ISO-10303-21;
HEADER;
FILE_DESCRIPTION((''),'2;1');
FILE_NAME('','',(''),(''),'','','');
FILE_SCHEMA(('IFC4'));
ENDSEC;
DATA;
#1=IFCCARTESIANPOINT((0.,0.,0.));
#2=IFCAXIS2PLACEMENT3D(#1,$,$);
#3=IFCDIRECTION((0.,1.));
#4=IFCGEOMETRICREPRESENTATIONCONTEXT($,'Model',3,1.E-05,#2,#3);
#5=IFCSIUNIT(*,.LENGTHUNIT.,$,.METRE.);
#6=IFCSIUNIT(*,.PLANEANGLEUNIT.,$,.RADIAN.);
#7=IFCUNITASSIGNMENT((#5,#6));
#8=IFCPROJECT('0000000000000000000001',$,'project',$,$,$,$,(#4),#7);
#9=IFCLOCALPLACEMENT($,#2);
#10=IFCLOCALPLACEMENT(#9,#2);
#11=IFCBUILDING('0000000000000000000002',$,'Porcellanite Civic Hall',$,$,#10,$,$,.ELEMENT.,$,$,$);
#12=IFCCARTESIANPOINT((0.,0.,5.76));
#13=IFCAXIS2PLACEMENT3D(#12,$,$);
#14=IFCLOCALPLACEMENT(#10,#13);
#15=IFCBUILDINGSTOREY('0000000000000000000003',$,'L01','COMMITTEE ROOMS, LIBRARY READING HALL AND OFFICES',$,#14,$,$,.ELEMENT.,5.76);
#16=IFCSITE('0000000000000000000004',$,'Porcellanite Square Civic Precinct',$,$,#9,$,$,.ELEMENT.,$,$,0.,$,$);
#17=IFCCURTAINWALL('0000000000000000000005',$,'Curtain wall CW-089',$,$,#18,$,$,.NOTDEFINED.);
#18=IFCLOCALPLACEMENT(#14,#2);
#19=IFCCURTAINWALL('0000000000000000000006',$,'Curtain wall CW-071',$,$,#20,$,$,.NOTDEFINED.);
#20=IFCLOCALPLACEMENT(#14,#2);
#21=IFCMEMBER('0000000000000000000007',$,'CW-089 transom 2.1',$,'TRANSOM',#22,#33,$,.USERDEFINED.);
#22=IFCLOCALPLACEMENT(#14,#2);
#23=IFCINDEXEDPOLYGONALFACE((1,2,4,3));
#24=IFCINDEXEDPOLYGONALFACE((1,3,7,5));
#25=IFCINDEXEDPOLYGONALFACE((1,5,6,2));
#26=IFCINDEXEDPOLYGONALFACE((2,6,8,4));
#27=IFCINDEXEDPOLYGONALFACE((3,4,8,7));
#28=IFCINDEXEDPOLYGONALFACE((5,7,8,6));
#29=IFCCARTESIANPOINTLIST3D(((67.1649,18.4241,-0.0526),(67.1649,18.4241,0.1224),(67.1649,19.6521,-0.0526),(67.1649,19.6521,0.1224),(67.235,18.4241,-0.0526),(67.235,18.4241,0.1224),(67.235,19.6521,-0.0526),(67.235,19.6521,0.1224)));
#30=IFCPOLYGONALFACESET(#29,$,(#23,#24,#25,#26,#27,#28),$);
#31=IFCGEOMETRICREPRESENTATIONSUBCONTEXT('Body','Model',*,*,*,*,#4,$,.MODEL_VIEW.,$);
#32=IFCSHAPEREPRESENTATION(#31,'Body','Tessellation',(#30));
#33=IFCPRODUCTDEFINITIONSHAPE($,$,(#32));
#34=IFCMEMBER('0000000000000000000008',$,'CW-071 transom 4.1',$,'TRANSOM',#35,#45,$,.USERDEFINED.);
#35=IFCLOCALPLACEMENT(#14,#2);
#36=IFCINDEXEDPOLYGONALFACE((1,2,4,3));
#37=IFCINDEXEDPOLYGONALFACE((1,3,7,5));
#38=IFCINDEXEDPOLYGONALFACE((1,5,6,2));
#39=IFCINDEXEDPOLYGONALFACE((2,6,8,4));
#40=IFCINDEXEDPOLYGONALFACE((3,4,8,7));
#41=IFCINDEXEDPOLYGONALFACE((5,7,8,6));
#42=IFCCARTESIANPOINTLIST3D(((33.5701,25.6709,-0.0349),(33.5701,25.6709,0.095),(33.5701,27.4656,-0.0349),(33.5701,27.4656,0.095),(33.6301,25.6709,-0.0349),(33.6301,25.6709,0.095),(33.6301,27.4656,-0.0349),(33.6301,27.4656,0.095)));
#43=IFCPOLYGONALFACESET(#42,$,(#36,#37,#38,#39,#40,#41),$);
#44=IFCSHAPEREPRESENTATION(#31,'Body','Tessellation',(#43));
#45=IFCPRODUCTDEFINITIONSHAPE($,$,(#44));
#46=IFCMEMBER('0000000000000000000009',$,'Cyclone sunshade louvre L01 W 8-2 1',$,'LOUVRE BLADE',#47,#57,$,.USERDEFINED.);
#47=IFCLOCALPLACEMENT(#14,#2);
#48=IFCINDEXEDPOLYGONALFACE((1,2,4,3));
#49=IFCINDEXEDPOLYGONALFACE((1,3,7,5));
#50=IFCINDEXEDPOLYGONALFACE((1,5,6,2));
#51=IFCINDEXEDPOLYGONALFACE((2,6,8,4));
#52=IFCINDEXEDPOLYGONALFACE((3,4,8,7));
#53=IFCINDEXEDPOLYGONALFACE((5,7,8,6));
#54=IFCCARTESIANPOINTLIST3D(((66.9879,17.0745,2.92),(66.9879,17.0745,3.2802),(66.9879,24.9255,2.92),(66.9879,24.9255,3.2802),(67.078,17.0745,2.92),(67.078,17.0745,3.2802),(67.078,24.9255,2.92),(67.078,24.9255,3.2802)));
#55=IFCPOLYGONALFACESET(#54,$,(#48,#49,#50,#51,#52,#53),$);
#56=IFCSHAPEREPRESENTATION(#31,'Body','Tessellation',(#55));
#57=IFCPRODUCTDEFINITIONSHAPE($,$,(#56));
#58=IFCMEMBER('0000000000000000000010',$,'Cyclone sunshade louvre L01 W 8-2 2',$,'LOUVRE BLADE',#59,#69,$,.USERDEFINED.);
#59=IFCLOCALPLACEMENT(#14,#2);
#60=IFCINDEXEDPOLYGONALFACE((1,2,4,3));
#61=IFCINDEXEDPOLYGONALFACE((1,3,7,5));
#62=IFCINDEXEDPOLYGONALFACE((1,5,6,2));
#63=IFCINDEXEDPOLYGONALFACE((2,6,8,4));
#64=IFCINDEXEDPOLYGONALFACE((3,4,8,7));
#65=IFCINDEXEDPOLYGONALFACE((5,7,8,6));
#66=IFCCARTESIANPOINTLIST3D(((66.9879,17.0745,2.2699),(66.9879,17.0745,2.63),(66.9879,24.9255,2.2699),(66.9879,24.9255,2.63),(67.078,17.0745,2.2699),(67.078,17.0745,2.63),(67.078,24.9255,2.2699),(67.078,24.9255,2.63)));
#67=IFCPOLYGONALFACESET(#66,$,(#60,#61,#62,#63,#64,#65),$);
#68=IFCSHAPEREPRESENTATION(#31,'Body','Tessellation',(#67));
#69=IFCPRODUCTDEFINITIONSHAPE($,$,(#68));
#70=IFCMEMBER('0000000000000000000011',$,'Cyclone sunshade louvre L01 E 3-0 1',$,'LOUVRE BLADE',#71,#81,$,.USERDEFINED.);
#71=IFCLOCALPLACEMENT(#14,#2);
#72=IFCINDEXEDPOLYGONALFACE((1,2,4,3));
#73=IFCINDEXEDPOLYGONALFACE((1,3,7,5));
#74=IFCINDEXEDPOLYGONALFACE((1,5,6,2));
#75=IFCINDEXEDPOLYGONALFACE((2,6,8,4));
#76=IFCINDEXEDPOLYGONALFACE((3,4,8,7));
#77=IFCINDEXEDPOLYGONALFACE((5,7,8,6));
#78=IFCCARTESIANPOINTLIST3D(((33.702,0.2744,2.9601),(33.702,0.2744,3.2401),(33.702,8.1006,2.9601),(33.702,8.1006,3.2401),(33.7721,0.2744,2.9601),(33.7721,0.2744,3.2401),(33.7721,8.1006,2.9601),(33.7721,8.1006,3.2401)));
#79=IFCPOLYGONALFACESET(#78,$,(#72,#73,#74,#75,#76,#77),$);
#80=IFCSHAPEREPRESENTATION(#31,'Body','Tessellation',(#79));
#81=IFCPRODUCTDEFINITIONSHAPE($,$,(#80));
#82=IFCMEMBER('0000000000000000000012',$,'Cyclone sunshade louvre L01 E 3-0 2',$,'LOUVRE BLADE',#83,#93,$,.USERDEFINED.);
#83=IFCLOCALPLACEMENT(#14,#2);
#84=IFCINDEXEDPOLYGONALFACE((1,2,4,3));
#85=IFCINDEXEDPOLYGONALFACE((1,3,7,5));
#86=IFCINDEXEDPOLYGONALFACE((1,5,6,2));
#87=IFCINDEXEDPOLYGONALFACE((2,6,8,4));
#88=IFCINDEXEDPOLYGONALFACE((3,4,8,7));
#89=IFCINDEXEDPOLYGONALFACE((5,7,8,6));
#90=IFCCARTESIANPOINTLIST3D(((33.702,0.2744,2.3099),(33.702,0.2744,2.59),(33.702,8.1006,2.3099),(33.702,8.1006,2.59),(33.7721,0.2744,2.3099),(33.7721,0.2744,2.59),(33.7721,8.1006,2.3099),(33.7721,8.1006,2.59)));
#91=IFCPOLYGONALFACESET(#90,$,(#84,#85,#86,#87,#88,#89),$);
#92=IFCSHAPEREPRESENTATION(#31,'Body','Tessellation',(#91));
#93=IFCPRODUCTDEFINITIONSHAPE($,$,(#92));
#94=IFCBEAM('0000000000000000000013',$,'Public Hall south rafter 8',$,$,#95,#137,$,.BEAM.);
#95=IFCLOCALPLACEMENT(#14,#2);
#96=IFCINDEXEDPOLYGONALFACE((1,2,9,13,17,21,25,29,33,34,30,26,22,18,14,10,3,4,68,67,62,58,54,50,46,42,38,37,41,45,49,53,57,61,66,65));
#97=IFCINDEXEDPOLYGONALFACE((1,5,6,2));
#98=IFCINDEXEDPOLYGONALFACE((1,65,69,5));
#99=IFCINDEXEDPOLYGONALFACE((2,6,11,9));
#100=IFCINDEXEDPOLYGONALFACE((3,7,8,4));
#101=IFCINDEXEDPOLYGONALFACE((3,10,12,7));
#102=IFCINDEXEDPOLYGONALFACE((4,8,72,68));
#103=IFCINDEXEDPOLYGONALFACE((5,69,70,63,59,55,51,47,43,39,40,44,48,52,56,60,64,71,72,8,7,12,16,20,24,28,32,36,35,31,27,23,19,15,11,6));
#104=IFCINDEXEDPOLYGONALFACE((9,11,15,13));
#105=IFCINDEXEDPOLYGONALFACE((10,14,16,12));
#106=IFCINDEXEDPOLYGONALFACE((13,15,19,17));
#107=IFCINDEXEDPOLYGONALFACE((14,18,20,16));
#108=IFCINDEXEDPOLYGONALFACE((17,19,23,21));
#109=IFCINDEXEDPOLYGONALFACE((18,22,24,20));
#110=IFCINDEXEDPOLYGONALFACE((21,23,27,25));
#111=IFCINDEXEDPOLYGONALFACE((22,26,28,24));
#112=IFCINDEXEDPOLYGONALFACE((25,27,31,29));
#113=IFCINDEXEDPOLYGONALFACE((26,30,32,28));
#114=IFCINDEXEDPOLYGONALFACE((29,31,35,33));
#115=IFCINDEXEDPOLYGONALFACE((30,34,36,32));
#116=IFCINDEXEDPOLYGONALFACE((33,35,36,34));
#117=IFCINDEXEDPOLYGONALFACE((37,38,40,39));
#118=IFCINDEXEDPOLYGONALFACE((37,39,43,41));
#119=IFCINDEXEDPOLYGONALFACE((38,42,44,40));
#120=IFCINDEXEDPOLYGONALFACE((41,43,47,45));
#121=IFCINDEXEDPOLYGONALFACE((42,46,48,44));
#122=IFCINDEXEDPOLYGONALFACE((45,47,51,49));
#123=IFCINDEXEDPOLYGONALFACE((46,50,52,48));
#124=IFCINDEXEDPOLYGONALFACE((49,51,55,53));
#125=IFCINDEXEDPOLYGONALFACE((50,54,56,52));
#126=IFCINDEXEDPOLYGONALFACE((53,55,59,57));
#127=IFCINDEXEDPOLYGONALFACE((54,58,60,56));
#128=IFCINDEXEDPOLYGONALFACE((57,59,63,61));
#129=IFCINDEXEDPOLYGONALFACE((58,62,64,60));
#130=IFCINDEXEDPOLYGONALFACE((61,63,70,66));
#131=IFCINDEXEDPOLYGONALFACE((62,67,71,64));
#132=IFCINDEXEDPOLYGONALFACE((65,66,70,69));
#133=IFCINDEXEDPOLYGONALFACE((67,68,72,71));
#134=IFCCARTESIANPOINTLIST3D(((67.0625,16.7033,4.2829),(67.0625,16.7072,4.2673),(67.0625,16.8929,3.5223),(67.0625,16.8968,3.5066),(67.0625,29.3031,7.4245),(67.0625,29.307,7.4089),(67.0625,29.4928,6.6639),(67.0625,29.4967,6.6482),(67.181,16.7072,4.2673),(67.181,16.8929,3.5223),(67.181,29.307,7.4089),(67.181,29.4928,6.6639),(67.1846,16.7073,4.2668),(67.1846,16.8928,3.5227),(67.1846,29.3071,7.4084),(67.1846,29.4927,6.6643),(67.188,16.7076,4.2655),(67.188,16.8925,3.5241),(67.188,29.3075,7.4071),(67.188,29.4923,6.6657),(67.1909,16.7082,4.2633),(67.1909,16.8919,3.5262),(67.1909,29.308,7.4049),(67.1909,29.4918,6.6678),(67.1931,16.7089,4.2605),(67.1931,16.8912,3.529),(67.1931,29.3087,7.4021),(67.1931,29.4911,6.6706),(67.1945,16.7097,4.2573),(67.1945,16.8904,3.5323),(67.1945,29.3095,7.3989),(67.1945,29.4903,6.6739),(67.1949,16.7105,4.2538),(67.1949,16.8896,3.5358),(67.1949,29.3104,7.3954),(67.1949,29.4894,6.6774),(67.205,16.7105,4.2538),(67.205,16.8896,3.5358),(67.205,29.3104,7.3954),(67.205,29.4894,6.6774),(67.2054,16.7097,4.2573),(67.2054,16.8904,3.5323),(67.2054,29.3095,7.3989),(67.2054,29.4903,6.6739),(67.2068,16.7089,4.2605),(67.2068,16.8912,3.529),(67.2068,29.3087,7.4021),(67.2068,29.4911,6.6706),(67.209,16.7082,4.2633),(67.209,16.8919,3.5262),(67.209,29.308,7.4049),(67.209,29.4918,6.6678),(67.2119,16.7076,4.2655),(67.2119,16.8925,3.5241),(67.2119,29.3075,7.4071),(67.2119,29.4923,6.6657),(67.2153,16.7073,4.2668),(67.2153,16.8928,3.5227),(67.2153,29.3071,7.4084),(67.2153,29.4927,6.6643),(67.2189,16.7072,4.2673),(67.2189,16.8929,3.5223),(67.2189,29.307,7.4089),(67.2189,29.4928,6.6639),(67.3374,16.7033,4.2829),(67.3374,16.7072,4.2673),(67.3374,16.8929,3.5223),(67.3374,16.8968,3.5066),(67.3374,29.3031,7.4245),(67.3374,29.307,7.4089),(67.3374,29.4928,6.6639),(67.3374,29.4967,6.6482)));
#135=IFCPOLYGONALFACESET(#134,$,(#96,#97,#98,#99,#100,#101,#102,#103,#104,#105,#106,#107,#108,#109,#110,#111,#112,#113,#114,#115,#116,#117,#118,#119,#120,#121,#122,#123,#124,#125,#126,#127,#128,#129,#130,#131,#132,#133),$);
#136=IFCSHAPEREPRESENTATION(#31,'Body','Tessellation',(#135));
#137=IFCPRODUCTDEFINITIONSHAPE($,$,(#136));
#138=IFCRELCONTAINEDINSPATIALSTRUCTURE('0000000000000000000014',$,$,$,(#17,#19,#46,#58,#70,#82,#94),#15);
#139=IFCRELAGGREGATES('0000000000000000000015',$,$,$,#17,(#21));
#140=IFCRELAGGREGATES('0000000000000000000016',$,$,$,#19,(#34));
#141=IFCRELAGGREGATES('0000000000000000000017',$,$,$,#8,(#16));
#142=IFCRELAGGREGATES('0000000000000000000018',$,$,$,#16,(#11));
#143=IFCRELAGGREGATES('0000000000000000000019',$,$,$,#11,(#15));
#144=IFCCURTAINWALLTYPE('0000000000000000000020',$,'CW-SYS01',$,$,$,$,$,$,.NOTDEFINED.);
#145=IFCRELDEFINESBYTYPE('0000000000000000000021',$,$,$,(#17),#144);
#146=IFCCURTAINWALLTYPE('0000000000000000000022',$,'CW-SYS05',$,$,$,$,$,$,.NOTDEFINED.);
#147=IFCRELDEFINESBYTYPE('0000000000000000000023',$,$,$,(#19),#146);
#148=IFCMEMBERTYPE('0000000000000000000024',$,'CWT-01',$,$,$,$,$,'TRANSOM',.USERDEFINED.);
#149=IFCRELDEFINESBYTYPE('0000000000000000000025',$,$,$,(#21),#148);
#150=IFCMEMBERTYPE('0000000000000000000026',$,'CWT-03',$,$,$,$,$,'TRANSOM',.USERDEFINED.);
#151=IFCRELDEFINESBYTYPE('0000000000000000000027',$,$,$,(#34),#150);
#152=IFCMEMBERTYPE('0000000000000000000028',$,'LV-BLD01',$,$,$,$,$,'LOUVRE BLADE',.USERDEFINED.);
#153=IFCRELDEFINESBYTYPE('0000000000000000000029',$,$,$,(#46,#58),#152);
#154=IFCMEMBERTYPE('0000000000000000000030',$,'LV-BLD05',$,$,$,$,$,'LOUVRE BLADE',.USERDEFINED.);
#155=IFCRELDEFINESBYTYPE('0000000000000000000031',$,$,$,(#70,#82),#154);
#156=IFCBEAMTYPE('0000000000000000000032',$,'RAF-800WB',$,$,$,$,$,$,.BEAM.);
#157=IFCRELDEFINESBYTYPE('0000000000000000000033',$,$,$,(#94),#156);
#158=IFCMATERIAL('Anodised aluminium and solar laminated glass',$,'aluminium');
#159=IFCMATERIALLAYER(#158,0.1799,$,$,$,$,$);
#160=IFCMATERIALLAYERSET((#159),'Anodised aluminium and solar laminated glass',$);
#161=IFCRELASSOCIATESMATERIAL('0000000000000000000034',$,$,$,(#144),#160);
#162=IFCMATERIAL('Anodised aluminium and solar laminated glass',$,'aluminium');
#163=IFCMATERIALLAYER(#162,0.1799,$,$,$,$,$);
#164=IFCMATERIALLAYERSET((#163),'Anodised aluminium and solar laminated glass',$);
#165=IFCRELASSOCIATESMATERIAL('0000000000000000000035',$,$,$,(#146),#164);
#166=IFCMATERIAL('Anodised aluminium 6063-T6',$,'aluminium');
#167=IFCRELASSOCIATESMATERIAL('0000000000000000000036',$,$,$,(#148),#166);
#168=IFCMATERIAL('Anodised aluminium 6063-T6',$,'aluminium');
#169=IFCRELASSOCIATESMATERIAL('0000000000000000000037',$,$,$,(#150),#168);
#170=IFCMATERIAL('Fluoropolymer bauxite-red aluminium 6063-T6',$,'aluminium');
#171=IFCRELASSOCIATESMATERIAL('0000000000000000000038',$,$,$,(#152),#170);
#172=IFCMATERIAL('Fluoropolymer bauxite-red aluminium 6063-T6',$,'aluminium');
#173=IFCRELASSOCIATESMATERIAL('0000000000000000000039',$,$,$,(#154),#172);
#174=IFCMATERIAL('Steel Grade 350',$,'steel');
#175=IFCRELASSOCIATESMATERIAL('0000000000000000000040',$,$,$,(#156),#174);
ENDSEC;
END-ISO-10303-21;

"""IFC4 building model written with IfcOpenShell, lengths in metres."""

from ifc_helpers import new_model, si_unit, direction, frame, origin, origin_2d, place, context, subcontext, project, spatial, rectangle, i_section, extrude, material, layer, layer_set, material_profile, profile_set, type_object, element, aggregate, save


model = new_model("IFC4")

# Units and contexts
model_context = context("Model", 3, precision=1e-05, world=origin(), true_north=direction((0.0, 1.0)))
body_context = subcontext(model_context, "Body", "Model", "MODEL_VIEW")
ifc_project = project(units=[si_unit("LENGTHUNIT", "METRE"), si_unit("PLANEANGLEUNIT", "RADIAN")], contexts=[model_context])

# Site, building, storey
site_placement = place(None, origin())
site = spatial("IfcSite", under=ifc_project, at=site_placement, Name="Porcellanite Square Civic Precinct", CompositionType="ELEMENT", RefElevation=0.0)
building_placement = place(site_placement, origin())
building = spatial("IfcBuilding", under=site, at=building_placement, Name="Porcellanite Civic Hall", CompositionType="ELEMENT")
storey_placement = place(building_placement, frame((0.0, 0.0, 5.76)))
storey = spatial("IfcBuildingStorey", under=building, at=storey_placement, Name="L01", Description="COMMITTEE ROOMS, LIBRARY READING HALL AND OFFICES", CompositionType="ELEMENT", Elevation=5.76)

# Curtain wall
ifc_material_1 = material(Name="Anodised aluminium and solar laminated glass", Category="aluminium")
ifc_layer_1 = layer(ifc_material_1, 0.1799)
ifc_layer_set_1 = layer_set([ifc_layer_1], Name="Anodised aluminium and solar laminated glass")
curtain_wall_type_1 = type_object("IfcCurtainWallType", Name="CW-SYS01", PredefinedType="NOTDEFINED", material=ifc_layer_set_1)
curtain_wall_1_placement = place(storey_placement, origin())
curtain_wall_1 = element("IfcCurtainWall", 1, at=curtain_wall_1_placement, inside=storey, type_object=curtain_wall_type_1, Name="Curtain wall CW-089", PredefinedType="NOTDEFINED")

# Curtain wall
ifc_material_2 = material(Name="Anodised aluminium and solar laminated glass", Category="aluminium")
ifc_layer_2 = layer(ifc_material_2, 0.1799)
ifc_layer_set_2 = layer_set([ifc_layer_2], Name="Anodised aluminium and solar laminated glass")
curtain_wall_type_2 = type_object("IfcCurtainWallType", Name="CW-SYS05", PredefinedType="NOTDEFINED", material=ifc_layer_set_2)
curtain_wall_2_placement = place(storey_placement, origin())
curtain_wall_2 = element("IfcCurtainWall", 2, at=curtain_wall_2_placement, inside=storey, type_object=curtain_wall_type_2, Name="Curtain wall CW-071", PredefinedType="NOTDEFINED")

# Members
ifc_material_3 = material(Name="Anodised aluminium 6063-T6", Category="aluminium")
ifc_material_profile_1 = material_profile(ifc_material_3, rectangle(XDim=0.0701, YDim=0.175, at=origin_2d()), Name="AL-70x175")
ifc_profile_set_1 = profile_set([ifc_material_profile_1], Name="Anodised aluminium 6063-T6")
member_type_1 = type_object("IfcMemberType", Name="CWT-01", ElementType="TRANSOM", PredefinedType="USERDEFINED", material=ifc_profile_set_1)
member_1_placement = place(storey_placement, frame((67.2, 18.4241, 0.0349), z_axis=(0.0, 1.0, 0.0), x_axis=(-1.0, 0.0, 0.0)))
member_1 = element("IfcMember", 3, at=member_1_placement, type_object=member_type_1, Name="CW-089 transom 2.1", ObjectType="TRANSOM", PredefinedType="USERDEFINED", context=body_context, shape_type="SweptSolid", body=[
    extrude(rectangle(XDim=0.0701, YDim=0.175, at=origin_2d()), origin(), (0.0, 0.0, 1.0), 1.228),
])
ifc_material_4 = material(Name="Anodised aluminium 6063-T6", Category="aluminium")
ifc_material_profile_2 = material_profile(ifc_material_4, rectangle(XDim=0.0601, YDim=0.1299, at=origin_2d()), Name="AL-60x130")
ifc_profile_set_2 = profile_set([ifc_material_profile_2], Name="Anodised aluminium 6063-T6")
member_type_2 = type_object("IfcMemberType", Name="CWT-03", ElementType="TRANSOM", PredefinedType="USERDEFINED", material=ifc_profile_set_2)
member_2_placement = place(storey_placement, frame((33.6001, 27.4656, 0.03), z_axis=(0.0, -1.0, 0.0), x_axis=(1.0, 0.0, 0.0)))
member_2 = element("IfcMember", 4, at=member_2_placement, type_object=member_type_2, Name="CW-071 transom 4.1", ObjectType="TRANSOM", PredefinedType="USERDEFINED", context=body_context, shape_type="SweptSolid", body=[
    extrude(rectangle(XDim=0.0601, YDim=0.1299, at=origin_2d()), origin(), (0.0, 0.0, 1.0), 1.7947),
])

# Members
ifc_material_5 = material(Name="Fluoropolymer bauxite-red aluminium 6063-T6", Category="aluminium")
ifc_material_profile_3 = material_profile(ifc_material_5, rectangle(XDim=0.0901, YDim=0.3601, at=origin_2d()), Name="AL-90x360")
ifc_profile_set_3 = profile_set([ifc_material_profile_3], Name="Fluoropolymer bauxite-red aluminium 6063-T6")
member_type_3 = type_object("IfcMemberType", Name="LV-BLD01", ElementType="LOUVRE BLADE", PredefinedType="USERDEFINED", material=ifc_profile_set_3)
for number, where, z_axis, x_axis, name in (
    (5, (67.033, 17.0745, 3.1001), (0.0, 1.0, 0.0), (-1.0, 0.0, 0.0), "Cyclone sunshade louvre L01 W 8-2 1"),
    (6, (67.033, 17.0745, 2.45), (0.0, 1.0, 0.0), (-1.0, 0.0, 0.0), "Cyclone sunshade louvre L01 W 8-2 2"),
):
    element("IfcMember", number, at=place(storey_placement, frame(where, z_axis=z_axis, x_axis=x_axis)), inside=storey, type_object=member_type_3, Name=name, ObjectType="LOUVRE BLADE", PredefinedType="USERDEFINED", context=body_context, shape_type="SweptSolid", body=[
        extrude(rectangle(XDim=0.0901, YDim=0.3601, at=origin_2d()), origin(), (0.0, 0.0, 1.0), 7.8511),
    ])
ifc_material_6 = material(Name="Fluoropolymer bauxite-red aluminium 6063-T6", Category="aluminium")
ifc_material_profile_4 = material_profile(ifc_material_6, rectangle(XDim=0.0701, YDim=0.28, at=origin_2d()), Name="AL-70x280")
ifc_profile_set_4 = profile_set([ifc_material_profile_4], Name="Fluoropolymer bauxite-red aluminium 6063-T6")
member_type_4 = type_object("IfcMemberType", Name="LV-BLD05", ElementType="LOUVRE BLADE", PredefinedType="USERDEFINED", material=ifc_profile_set_4)
for number, where, z_axis, x_axis, name in (
    (7, (33.7371, 8.1006, 3.1001), (0.0, -1.0, 0.0), (1.0, 0.0, 0.0), "Cyclone sunshade louvre L01 E 3-0 1"),
    (8, (33.7371, 8.1006, 2.45), (0.0, -1.0, 0.0), (1.0, 0.0, 0.0), "Cyclone sunshade louvre L01 E 3-0 2"),
):
    element("IfcMember", number, at=place(storey_placement, frame(where, z_axis=z_axis, x_axis=x_axis)), inside=storey, type_object=member_type_4, Name=name, ObjectType="LOUVRE BLADE", PredefinedType="USERDEFINED", context=body_context, shape_type="SweptSolid", body=[
        extrude(rectangle(XDim=0.0701, YDim=0.28, at=origin_2d()), origin(), (0.0, 0.0, 1.0), 7.8262),
    ])

# Beam
ifc_material_7 = material(Name="Steel Grade 350", Category="steel")
ifc_material_profile_5 = material_profile(ifc_material_7, i_section(OverallWidth=0.2749, OverallDepth=0.8, WebThickness=0.01, FlangeThickness=0.0161, FilletRadius=0.0139, at=origin_2d()), Name="800WB146")
ifc_profile_set_5 = profile_set([ifc_material_profile_5], Name="Steel Grade 350")
beam_type_1 = type_object("IfcBeamType", Name="RAF-800WB", PredefinedType="BEAM", material=ifc_profile_set_5)
beam_1_placement = place(storey_placement, frame((67.2, 16.8, 3.8948), z_axis=(0.0, 0.970294, 0.24193), x_axis=(-1.0, 0.0, 0.0)))
element("IfcBeam", 9, at=beam_1_placement, inside=storey, type_object=beam_type_1, Name="Public Hall south rafter 8", PredefinedType="BEAM", context=body_context, shape_type="SweptSolid", body=[
    extrude(i_section(OverallWidth=0.2749, OverallDepth=0.8, WebThickness=0.01, FlangeThickness=0.0161, FilletRadius=0.0139, at=origin_2d()), origin(), (0.0, 0.0, 1.0), 12.9856),
])

aggregate(curtain_wall_1, [member_1])
aggregate(curtain_wall_2, [member_2])

save(model, "model.ifc")
